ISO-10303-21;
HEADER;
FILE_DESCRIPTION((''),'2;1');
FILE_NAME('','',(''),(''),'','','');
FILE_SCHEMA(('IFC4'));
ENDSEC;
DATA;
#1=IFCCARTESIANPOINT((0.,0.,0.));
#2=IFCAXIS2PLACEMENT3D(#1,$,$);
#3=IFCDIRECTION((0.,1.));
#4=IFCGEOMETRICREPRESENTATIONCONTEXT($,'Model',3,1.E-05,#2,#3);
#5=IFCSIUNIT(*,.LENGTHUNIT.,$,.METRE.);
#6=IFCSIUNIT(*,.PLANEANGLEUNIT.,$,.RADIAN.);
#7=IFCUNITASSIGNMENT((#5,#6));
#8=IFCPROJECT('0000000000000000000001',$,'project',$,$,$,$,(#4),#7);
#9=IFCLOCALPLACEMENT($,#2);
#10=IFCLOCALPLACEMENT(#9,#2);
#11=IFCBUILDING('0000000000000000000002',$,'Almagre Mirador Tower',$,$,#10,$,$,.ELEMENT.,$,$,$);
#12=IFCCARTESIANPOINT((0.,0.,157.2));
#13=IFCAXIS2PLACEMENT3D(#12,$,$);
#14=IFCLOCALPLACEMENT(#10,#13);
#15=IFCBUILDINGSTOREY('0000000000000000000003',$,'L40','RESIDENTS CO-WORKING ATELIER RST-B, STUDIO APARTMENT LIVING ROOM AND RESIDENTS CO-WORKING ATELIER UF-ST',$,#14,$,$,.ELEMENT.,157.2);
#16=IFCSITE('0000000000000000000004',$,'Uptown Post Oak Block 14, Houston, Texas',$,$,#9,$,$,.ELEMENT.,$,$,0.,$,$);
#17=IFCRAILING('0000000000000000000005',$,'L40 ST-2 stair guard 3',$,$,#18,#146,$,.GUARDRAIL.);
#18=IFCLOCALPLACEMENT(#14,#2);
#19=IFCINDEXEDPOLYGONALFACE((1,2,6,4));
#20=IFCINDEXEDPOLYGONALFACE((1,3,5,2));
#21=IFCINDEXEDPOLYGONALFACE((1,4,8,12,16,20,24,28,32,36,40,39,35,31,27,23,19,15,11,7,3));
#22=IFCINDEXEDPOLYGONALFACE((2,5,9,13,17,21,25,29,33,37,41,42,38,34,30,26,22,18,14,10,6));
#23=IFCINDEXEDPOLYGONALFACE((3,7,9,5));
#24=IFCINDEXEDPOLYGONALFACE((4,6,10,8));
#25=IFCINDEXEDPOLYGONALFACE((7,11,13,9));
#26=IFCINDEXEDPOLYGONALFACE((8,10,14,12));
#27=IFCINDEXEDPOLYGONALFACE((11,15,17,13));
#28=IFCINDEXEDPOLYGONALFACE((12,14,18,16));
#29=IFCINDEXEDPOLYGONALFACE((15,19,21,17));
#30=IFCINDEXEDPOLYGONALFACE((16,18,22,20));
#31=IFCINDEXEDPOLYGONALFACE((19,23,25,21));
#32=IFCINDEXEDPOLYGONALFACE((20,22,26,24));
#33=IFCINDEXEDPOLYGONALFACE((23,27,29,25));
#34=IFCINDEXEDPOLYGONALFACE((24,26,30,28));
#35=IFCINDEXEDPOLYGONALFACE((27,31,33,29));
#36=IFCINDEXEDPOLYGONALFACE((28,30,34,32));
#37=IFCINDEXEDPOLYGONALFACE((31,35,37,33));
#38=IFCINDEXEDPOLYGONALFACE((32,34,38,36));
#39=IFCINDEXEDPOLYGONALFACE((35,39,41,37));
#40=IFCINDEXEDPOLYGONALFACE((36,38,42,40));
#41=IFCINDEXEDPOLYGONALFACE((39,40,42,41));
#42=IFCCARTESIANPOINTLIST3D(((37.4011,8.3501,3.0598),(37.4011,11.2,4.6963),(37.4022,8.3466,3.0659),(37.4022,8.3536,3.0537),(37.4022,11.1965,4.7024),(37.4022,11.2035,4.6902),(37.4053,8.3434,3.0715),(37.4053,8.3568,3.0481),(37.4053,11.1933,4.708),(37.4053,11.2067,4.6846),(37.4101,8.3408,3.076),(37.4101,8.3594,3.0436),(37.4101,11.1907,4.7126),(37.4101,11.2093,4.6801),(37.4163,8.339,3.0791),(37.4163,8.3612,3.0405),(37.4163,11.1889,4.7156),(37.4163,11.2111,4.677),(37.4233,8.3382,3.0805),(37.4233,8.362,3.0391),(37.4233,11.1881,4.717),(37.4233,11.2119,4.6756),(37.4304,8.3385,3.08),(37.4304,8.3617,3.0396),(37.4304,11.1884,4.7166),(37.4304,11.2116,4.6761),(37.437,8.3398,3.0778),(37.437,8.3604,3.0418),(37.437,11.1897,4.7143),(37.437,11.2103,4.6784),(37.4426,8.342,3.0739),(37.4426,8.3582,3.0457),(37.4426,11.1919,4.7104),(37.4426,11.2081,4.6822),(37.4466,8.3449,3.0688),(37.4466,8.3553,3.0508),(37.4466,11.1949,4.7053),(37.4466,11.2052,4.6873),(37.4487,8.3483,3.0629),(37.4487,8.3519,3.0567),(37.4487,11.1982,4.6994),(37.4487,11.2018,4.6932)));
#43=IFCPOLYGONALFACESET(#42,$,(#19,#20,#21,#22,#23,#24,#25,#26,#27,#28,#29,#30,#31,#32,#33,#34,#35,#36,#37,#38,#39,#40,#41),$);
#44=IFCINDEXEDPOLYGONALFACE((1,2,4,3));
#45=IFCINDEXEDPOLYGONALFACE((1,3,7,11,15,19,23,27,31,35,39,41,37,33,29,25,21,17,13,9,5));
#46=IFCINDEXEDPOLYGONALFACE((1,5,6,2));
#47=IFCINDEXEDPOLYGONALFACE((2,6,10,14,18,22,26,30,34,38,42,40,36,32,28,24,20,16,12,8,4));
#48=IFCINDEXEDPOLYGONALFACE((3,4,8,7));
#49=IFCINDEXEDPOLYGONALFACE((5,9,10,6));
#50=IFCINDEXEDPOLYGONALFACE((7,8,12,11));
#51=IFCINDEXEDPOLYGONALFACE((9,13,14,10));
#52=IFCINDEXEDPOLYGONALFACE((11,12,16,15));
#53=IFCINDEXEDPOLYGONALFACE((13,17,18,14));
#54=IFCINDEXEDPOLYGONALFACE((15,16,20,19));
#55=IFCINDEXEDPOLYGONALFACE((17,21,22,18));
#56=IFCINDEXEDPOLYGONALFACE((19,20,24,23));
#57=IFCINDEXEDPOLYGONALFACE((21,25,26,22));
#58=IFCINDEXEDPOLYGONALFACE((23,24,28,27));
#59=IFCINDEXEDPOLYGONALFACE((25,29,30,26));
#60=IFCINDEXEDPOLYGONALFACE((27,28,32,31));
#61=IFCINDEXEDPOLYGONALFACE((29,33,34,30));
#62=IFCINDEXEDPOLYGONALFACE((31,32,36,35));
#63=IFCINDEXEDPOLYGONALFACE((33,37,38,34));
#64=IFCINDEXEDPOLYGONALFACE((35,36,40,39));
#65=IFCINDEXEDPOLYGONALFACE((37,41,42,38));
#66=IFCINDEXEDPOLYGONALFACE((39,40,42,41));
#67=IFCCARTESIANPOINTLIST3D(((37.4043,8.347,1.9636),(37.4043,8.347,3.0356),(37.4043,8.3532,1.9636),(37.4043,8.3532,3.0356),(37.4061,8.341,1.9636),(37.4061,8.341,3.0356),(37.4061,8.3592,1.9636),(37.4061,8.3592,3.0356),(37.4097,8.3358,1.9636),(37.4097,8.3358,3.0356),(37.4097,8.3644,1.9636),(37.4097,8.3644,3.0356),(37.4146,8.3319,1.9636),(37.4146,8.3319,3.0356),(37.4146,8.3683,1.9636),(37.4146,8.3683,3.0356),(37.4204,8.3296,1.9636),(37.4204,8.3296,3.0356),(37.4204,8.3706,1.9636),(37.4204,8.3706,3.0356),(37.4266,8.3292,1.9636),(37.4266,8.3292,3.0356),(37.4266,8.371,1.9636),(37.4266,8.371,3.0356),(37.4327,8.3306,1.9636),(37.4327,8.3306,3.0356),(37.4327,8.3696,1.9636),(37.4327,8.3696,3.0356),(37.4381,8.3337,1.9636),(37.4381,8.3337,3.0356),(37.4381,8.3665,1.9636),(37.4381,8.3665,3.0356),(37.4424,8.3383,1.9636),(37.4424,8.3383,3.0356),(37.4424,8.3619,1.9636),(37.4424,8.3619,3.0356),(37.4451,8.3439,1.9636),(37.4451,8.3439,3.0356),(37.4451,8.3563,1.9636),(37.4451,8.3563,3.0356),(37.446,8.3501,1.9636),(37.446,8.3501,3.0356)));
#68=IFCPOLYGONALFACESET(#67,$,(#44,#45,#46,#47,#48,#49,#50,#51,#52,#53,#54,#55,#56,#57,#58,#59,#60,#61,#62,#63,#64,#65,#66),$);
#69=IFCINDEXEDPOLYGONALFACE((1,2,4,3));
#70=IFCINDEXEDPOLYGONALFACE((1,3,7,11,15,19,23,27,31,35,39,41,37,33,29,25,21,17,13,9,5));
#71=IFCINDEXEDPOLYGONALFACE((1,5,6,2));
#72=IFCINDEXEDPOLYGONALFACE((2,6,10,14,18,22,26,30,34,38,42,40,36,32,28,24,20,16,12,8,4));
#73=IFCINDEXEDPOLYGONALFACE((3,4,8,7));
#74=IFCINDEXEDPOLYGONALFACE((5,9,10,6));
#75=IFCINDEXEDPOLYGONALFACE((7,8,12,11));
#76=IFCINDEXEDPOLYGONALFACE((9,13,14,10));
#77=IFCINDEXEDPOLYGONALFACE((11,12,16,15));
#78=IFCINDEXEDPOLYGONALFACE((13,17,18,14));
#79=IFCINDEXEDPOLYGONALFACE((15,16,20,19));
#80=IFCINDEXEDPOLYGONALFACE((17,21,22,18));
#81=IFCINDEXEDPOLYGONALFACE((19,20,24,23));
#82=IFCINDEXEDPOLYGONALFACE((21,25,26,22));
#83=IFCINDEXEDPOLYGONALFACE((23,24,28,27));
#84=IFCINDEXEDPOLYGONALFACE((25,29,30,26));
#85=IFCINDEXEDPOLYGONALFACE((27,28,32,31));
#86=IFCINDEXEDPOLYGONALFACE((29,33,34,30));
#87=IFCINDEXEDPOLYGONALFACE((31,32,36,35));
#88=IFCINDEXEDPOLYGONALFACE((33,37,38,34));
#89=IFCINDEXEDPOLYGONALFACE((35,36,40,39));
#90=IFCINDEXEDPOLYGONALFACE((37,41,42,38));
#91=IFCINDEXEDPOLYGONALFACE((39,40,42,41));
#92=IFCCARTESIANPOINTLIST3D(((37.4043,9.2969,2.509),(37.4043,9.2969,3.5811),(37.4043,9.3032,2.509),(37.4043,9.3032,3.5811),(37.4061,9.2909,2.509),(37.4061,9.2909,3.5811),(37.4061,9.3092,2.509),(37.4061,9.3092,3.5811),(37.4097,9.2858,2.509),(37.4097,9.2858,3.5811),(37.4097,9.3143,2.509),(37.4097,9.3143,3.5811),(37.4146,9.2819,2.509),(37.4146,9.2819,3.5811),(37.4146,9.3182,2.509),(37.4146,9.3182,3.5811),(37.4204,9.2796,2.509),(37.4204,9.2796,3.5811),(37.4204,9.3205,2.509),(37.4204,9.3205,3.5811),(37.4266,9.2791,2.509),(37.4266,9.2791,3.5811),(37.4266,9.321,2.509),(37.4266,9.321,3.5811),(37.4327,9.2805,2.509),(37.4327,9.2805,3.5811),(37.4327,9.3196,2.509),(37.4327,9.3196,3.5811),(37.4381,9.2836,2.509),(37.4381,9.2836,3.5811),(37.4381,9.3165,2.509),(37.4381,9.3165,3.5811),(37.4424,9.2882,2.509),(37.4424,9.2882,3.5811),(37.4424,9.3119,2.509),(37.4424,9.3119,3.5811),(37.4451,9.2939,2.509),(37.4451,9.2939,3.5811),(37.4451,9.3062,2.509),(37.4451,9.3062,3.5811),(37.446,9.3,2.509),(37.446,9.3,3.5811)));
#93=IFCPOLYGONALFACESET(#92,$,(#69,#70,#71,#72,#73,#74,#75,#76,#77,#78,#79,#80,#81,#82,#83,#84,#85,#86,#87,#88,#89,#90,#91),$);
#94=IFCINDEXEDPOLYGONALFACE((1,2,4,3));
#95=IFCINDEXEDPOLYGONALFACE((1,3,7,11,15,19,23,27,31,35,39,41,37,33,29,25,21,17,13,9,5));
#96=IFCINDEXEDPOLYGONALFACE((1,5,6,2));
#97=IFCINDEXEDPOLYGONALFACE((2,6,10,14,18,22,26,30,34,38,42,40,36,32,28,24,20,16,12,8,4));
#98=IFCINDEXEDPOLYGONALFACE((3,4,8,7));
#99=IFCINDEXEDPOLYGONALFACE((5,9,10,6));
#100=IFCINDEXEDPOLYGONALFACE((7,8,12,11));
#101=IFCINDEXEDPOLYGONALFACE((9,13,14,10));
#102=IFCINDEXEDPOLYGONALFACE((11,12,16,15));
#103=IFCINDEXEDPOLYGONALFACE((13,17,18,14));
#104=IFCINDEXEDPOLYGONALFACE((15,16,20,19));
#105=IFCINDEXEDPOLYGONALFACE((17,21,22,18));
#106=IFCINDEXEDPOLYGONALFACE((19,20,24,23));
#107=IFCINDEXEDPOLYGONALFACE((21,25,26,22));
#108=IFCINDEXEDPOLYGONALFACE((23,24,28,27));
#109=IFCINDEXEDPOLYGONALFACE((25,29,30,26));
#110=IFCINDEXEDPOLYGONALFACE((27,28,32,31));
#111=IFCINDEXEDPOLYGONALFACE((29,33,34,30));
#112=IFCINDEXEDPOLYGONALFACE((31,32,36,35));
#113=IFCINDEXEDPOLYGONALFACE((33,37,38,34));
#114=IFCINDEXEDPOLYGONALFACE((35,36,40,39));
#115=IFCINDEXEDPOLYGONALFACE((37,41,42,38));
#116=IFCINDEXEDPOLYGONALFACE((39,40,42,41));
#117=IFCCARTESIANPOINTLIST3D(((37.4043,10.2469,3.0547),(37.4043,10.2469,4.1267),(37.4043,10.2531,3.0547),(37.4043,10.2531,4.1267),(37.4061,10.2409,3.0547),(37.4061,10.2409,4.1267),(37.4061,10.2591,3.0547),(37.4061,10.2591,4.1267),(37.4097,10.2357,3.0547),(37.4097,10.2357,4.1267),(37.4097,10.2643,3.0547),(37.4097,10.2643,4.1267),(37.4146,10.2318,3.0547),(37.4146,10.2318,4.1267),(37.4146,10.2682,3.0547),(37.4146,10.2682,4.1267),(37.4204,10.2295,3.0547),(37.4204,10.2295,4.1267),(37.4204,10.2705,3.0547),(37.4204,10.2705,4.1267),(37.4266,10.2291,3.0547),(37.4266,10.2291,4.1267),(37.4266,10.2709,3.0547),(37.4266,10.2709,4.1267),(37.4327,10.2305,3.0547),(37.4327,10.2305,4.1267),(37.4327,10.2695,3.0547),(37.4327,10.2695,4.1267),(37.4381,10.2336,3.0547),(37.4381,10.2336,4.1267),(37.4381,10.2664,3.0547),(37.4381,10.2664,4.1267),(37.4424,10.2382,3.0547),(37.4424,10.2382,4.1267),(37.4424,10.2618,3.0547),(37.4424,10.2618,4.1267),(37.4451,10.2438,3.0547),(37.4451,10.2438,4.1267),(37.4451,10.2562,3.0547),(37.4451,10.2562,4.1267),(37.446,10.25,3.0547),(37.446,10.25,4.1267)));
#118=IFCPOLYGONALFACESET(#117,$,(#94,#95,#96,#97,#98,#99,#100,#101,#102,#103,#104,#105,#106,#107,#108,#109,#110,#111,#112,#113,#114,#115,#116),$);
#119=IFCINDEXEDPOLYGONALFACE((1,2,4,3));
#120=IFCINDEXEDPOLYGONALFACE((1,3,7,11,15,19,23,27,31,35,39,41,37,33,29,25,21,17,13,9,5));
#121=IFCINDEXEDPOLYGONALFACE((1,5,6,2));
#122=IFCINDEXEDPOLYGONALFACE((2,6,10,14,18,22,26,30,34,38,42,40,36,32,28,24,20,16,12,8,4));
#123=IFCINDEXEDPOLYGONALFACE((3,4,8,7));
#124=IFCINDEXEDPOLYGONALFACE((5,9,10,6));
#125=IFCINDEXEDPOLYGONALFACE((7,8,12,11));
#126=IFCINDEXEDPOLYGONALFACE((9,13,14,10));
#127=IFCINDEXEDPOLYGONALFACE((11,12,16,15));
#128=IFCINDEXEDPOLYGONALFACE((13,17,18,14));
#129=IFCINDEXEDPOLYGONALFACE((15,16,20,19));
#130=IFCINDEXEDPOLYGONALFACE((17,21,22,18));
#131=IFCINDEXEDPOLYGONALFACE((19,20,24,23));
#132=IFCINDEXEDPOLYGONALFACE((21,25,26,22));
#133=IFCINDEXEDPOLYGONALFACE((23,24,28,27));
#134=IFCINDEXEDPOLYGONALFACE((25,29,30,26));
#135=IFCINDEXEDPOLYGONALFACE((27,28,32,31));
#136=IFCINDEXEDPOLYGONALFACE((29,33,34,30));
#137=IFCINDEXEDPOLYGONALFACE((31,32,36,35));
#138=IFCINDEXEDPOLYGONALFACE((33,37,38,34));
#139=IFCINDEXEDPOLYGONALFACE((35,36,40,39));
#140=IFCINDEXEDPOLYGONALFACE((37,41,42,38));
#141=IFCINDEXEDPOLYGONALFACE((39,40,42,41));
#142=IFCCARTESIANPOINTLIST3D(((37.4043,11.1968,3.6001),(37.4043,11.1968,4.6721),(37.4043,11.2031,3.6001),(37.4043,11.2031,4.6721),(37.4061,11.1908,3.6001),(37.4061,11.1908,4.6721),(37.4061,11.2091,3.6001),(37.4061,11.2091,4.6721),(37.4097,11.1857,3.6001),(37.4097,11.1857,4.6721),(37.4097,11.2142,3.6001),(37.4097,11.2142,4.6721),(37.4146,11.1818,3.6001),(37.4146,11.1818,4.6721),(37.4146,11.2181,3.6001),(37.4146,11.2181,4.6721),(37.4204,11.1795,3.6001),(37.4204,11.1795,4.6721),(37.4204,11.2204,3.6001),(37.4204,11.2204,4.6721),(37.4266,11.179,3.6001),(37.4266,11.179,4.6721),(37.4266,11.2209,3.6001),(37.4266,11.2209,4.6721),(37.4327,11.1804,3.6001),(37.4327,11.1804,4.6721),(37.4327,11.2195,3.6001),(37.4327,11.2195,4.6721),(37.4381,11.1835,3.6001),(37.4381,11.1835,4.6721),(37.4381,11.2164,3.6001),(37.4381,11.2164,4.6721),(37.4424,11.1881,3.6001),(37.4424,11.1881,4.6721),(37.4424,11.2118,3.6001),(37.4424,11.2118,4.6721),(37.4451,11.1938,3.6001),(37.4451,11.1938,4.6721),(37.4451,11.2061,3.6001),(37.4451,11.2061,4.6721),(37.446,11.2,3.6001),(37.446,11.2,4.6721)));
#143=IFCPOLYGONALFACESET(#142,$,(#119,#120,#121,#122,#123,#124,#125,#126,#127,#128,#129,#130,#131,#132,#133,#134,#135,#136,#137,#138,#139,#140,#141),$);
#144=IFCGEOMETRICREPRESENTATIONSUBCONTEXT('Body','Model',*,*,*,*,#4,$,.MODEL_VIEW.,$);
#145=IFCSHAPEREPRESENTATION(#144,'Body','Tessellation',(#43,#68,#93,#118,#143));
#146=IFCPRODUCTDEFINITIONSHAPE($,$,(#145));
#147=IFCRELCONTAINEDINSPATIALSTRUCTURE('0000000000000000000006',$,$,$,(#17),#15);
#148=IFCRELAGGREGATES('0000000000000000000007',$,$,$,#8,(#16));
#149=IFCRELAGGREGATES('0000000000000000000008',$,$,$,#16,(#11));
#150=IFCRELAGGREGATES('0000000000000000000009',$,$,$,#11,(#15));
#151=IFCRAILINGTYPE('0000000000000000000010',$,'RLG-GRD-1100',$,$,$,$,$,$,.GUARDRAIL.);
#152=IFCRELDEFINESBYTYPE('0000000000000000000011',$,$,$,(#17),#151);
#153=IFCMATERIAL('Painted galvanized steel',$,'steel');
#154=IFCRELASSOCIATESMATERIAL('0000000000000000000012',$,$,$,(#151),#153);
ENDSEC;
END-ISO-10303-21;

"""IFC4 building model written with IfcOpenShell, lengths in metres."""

from ifc_helpers import new_model, si_unit, direction, frame, origin, origin_2d, place, context, subcontext, project, spatial, circle, extrude, material, type_object, element, save


model = new_model("IFC4")

# Units and contexts
model_context = context("Model", 3, precision=1e-05, world=origin(), true_north=direction((0.0, 1.0)))
body_context = subcontext(model_context, "Body", "Model", "MODEL_VIEW")
ifc_project = project(units=[si_unit("LENGTHUNIT", "METRE"), si_unit("PLANEANGLEUNIT", "RADIAN")], contexts=[model_context])

# Site, building, storey
site_placement = place(None, origin())
site = spatial("IfcSite", under=ifc_project, at=site_placement, Name="Uptown Post Oak Block 14, Houston, Texas", CompositionType="ELEMENT", RefElevation=0.0)
building_placement = place(site_placement, origin())
building = spatial("IfcBuilding", under=site, at=building_placement, Name="Almagre Mirador Tower", CompositionType="ELEMENT")
storey_placement = place(building_placement, frame((0.0, 0.0, 157.2)))
storey = spatial("IfcBuildingStorey", under=building, at=storey_placement, Name="L40", Description="RESIDENTS CO-WORKING ATELIER RST-B, STUDIO APARTMENT LIVING ROOM AND RESIDENTS CO-WORKING ATELIER UF-ST", CompositionType="ELEMENT", Elevation=157.2)

# Railing
ifc_material_1 = material(Name="Painted galvanized steel", Category="steel")
railing_type_1 = type_object("IfcRailingType", Name="RLG-GRD-1100", PredefinedType="GUARDRAIL", material=ifc_material_1)
railing_1_placement = place(storey_placement, frame((37.425, 8.3501, 1.9636)))
element("IfcRailing", 1, at=railing_1_placement, inside=storey, type_object=railing_type_1, Name="L40 ST-2 stair guard 3", PredefinedType="GUARDRAIL", context=body_context, shape_type="SweptSolid", body=[
    extrude(circle(Radius=0.0239, at=origin_2d()), frame((0.0, 0.0, 1.0962), z_axis=(0.0, 0.867194, 0.49797), x_axis=(-1.0, 0.0, 0.0)), (0.0, 0.0, 1.0), 3.2864),
    extrude(circle(Radius=0.021, at=origin_2d()), origin(), (0.0, 0.0, 1.0), 1.072),
    extrude(circle(Radius=0.021, at=origin_2d()), frame((0.0, 0.95, 0.5454)), (0.0, 0.0, 1.0), 1.072),
    extrude(circle(Radius=0.021, at=origin_2d()), frame((0.0, 1.8999, 1.0911)), (0.0, 0.0, 1.0), 1.072),
    extrude(circle(Radius=0.021, at=origin_2d()), frame((0.0, 2.8499, 1.6365)), (0.0, 0.0, 1.0), 1.072),
])

save(model, "model.ifc")
